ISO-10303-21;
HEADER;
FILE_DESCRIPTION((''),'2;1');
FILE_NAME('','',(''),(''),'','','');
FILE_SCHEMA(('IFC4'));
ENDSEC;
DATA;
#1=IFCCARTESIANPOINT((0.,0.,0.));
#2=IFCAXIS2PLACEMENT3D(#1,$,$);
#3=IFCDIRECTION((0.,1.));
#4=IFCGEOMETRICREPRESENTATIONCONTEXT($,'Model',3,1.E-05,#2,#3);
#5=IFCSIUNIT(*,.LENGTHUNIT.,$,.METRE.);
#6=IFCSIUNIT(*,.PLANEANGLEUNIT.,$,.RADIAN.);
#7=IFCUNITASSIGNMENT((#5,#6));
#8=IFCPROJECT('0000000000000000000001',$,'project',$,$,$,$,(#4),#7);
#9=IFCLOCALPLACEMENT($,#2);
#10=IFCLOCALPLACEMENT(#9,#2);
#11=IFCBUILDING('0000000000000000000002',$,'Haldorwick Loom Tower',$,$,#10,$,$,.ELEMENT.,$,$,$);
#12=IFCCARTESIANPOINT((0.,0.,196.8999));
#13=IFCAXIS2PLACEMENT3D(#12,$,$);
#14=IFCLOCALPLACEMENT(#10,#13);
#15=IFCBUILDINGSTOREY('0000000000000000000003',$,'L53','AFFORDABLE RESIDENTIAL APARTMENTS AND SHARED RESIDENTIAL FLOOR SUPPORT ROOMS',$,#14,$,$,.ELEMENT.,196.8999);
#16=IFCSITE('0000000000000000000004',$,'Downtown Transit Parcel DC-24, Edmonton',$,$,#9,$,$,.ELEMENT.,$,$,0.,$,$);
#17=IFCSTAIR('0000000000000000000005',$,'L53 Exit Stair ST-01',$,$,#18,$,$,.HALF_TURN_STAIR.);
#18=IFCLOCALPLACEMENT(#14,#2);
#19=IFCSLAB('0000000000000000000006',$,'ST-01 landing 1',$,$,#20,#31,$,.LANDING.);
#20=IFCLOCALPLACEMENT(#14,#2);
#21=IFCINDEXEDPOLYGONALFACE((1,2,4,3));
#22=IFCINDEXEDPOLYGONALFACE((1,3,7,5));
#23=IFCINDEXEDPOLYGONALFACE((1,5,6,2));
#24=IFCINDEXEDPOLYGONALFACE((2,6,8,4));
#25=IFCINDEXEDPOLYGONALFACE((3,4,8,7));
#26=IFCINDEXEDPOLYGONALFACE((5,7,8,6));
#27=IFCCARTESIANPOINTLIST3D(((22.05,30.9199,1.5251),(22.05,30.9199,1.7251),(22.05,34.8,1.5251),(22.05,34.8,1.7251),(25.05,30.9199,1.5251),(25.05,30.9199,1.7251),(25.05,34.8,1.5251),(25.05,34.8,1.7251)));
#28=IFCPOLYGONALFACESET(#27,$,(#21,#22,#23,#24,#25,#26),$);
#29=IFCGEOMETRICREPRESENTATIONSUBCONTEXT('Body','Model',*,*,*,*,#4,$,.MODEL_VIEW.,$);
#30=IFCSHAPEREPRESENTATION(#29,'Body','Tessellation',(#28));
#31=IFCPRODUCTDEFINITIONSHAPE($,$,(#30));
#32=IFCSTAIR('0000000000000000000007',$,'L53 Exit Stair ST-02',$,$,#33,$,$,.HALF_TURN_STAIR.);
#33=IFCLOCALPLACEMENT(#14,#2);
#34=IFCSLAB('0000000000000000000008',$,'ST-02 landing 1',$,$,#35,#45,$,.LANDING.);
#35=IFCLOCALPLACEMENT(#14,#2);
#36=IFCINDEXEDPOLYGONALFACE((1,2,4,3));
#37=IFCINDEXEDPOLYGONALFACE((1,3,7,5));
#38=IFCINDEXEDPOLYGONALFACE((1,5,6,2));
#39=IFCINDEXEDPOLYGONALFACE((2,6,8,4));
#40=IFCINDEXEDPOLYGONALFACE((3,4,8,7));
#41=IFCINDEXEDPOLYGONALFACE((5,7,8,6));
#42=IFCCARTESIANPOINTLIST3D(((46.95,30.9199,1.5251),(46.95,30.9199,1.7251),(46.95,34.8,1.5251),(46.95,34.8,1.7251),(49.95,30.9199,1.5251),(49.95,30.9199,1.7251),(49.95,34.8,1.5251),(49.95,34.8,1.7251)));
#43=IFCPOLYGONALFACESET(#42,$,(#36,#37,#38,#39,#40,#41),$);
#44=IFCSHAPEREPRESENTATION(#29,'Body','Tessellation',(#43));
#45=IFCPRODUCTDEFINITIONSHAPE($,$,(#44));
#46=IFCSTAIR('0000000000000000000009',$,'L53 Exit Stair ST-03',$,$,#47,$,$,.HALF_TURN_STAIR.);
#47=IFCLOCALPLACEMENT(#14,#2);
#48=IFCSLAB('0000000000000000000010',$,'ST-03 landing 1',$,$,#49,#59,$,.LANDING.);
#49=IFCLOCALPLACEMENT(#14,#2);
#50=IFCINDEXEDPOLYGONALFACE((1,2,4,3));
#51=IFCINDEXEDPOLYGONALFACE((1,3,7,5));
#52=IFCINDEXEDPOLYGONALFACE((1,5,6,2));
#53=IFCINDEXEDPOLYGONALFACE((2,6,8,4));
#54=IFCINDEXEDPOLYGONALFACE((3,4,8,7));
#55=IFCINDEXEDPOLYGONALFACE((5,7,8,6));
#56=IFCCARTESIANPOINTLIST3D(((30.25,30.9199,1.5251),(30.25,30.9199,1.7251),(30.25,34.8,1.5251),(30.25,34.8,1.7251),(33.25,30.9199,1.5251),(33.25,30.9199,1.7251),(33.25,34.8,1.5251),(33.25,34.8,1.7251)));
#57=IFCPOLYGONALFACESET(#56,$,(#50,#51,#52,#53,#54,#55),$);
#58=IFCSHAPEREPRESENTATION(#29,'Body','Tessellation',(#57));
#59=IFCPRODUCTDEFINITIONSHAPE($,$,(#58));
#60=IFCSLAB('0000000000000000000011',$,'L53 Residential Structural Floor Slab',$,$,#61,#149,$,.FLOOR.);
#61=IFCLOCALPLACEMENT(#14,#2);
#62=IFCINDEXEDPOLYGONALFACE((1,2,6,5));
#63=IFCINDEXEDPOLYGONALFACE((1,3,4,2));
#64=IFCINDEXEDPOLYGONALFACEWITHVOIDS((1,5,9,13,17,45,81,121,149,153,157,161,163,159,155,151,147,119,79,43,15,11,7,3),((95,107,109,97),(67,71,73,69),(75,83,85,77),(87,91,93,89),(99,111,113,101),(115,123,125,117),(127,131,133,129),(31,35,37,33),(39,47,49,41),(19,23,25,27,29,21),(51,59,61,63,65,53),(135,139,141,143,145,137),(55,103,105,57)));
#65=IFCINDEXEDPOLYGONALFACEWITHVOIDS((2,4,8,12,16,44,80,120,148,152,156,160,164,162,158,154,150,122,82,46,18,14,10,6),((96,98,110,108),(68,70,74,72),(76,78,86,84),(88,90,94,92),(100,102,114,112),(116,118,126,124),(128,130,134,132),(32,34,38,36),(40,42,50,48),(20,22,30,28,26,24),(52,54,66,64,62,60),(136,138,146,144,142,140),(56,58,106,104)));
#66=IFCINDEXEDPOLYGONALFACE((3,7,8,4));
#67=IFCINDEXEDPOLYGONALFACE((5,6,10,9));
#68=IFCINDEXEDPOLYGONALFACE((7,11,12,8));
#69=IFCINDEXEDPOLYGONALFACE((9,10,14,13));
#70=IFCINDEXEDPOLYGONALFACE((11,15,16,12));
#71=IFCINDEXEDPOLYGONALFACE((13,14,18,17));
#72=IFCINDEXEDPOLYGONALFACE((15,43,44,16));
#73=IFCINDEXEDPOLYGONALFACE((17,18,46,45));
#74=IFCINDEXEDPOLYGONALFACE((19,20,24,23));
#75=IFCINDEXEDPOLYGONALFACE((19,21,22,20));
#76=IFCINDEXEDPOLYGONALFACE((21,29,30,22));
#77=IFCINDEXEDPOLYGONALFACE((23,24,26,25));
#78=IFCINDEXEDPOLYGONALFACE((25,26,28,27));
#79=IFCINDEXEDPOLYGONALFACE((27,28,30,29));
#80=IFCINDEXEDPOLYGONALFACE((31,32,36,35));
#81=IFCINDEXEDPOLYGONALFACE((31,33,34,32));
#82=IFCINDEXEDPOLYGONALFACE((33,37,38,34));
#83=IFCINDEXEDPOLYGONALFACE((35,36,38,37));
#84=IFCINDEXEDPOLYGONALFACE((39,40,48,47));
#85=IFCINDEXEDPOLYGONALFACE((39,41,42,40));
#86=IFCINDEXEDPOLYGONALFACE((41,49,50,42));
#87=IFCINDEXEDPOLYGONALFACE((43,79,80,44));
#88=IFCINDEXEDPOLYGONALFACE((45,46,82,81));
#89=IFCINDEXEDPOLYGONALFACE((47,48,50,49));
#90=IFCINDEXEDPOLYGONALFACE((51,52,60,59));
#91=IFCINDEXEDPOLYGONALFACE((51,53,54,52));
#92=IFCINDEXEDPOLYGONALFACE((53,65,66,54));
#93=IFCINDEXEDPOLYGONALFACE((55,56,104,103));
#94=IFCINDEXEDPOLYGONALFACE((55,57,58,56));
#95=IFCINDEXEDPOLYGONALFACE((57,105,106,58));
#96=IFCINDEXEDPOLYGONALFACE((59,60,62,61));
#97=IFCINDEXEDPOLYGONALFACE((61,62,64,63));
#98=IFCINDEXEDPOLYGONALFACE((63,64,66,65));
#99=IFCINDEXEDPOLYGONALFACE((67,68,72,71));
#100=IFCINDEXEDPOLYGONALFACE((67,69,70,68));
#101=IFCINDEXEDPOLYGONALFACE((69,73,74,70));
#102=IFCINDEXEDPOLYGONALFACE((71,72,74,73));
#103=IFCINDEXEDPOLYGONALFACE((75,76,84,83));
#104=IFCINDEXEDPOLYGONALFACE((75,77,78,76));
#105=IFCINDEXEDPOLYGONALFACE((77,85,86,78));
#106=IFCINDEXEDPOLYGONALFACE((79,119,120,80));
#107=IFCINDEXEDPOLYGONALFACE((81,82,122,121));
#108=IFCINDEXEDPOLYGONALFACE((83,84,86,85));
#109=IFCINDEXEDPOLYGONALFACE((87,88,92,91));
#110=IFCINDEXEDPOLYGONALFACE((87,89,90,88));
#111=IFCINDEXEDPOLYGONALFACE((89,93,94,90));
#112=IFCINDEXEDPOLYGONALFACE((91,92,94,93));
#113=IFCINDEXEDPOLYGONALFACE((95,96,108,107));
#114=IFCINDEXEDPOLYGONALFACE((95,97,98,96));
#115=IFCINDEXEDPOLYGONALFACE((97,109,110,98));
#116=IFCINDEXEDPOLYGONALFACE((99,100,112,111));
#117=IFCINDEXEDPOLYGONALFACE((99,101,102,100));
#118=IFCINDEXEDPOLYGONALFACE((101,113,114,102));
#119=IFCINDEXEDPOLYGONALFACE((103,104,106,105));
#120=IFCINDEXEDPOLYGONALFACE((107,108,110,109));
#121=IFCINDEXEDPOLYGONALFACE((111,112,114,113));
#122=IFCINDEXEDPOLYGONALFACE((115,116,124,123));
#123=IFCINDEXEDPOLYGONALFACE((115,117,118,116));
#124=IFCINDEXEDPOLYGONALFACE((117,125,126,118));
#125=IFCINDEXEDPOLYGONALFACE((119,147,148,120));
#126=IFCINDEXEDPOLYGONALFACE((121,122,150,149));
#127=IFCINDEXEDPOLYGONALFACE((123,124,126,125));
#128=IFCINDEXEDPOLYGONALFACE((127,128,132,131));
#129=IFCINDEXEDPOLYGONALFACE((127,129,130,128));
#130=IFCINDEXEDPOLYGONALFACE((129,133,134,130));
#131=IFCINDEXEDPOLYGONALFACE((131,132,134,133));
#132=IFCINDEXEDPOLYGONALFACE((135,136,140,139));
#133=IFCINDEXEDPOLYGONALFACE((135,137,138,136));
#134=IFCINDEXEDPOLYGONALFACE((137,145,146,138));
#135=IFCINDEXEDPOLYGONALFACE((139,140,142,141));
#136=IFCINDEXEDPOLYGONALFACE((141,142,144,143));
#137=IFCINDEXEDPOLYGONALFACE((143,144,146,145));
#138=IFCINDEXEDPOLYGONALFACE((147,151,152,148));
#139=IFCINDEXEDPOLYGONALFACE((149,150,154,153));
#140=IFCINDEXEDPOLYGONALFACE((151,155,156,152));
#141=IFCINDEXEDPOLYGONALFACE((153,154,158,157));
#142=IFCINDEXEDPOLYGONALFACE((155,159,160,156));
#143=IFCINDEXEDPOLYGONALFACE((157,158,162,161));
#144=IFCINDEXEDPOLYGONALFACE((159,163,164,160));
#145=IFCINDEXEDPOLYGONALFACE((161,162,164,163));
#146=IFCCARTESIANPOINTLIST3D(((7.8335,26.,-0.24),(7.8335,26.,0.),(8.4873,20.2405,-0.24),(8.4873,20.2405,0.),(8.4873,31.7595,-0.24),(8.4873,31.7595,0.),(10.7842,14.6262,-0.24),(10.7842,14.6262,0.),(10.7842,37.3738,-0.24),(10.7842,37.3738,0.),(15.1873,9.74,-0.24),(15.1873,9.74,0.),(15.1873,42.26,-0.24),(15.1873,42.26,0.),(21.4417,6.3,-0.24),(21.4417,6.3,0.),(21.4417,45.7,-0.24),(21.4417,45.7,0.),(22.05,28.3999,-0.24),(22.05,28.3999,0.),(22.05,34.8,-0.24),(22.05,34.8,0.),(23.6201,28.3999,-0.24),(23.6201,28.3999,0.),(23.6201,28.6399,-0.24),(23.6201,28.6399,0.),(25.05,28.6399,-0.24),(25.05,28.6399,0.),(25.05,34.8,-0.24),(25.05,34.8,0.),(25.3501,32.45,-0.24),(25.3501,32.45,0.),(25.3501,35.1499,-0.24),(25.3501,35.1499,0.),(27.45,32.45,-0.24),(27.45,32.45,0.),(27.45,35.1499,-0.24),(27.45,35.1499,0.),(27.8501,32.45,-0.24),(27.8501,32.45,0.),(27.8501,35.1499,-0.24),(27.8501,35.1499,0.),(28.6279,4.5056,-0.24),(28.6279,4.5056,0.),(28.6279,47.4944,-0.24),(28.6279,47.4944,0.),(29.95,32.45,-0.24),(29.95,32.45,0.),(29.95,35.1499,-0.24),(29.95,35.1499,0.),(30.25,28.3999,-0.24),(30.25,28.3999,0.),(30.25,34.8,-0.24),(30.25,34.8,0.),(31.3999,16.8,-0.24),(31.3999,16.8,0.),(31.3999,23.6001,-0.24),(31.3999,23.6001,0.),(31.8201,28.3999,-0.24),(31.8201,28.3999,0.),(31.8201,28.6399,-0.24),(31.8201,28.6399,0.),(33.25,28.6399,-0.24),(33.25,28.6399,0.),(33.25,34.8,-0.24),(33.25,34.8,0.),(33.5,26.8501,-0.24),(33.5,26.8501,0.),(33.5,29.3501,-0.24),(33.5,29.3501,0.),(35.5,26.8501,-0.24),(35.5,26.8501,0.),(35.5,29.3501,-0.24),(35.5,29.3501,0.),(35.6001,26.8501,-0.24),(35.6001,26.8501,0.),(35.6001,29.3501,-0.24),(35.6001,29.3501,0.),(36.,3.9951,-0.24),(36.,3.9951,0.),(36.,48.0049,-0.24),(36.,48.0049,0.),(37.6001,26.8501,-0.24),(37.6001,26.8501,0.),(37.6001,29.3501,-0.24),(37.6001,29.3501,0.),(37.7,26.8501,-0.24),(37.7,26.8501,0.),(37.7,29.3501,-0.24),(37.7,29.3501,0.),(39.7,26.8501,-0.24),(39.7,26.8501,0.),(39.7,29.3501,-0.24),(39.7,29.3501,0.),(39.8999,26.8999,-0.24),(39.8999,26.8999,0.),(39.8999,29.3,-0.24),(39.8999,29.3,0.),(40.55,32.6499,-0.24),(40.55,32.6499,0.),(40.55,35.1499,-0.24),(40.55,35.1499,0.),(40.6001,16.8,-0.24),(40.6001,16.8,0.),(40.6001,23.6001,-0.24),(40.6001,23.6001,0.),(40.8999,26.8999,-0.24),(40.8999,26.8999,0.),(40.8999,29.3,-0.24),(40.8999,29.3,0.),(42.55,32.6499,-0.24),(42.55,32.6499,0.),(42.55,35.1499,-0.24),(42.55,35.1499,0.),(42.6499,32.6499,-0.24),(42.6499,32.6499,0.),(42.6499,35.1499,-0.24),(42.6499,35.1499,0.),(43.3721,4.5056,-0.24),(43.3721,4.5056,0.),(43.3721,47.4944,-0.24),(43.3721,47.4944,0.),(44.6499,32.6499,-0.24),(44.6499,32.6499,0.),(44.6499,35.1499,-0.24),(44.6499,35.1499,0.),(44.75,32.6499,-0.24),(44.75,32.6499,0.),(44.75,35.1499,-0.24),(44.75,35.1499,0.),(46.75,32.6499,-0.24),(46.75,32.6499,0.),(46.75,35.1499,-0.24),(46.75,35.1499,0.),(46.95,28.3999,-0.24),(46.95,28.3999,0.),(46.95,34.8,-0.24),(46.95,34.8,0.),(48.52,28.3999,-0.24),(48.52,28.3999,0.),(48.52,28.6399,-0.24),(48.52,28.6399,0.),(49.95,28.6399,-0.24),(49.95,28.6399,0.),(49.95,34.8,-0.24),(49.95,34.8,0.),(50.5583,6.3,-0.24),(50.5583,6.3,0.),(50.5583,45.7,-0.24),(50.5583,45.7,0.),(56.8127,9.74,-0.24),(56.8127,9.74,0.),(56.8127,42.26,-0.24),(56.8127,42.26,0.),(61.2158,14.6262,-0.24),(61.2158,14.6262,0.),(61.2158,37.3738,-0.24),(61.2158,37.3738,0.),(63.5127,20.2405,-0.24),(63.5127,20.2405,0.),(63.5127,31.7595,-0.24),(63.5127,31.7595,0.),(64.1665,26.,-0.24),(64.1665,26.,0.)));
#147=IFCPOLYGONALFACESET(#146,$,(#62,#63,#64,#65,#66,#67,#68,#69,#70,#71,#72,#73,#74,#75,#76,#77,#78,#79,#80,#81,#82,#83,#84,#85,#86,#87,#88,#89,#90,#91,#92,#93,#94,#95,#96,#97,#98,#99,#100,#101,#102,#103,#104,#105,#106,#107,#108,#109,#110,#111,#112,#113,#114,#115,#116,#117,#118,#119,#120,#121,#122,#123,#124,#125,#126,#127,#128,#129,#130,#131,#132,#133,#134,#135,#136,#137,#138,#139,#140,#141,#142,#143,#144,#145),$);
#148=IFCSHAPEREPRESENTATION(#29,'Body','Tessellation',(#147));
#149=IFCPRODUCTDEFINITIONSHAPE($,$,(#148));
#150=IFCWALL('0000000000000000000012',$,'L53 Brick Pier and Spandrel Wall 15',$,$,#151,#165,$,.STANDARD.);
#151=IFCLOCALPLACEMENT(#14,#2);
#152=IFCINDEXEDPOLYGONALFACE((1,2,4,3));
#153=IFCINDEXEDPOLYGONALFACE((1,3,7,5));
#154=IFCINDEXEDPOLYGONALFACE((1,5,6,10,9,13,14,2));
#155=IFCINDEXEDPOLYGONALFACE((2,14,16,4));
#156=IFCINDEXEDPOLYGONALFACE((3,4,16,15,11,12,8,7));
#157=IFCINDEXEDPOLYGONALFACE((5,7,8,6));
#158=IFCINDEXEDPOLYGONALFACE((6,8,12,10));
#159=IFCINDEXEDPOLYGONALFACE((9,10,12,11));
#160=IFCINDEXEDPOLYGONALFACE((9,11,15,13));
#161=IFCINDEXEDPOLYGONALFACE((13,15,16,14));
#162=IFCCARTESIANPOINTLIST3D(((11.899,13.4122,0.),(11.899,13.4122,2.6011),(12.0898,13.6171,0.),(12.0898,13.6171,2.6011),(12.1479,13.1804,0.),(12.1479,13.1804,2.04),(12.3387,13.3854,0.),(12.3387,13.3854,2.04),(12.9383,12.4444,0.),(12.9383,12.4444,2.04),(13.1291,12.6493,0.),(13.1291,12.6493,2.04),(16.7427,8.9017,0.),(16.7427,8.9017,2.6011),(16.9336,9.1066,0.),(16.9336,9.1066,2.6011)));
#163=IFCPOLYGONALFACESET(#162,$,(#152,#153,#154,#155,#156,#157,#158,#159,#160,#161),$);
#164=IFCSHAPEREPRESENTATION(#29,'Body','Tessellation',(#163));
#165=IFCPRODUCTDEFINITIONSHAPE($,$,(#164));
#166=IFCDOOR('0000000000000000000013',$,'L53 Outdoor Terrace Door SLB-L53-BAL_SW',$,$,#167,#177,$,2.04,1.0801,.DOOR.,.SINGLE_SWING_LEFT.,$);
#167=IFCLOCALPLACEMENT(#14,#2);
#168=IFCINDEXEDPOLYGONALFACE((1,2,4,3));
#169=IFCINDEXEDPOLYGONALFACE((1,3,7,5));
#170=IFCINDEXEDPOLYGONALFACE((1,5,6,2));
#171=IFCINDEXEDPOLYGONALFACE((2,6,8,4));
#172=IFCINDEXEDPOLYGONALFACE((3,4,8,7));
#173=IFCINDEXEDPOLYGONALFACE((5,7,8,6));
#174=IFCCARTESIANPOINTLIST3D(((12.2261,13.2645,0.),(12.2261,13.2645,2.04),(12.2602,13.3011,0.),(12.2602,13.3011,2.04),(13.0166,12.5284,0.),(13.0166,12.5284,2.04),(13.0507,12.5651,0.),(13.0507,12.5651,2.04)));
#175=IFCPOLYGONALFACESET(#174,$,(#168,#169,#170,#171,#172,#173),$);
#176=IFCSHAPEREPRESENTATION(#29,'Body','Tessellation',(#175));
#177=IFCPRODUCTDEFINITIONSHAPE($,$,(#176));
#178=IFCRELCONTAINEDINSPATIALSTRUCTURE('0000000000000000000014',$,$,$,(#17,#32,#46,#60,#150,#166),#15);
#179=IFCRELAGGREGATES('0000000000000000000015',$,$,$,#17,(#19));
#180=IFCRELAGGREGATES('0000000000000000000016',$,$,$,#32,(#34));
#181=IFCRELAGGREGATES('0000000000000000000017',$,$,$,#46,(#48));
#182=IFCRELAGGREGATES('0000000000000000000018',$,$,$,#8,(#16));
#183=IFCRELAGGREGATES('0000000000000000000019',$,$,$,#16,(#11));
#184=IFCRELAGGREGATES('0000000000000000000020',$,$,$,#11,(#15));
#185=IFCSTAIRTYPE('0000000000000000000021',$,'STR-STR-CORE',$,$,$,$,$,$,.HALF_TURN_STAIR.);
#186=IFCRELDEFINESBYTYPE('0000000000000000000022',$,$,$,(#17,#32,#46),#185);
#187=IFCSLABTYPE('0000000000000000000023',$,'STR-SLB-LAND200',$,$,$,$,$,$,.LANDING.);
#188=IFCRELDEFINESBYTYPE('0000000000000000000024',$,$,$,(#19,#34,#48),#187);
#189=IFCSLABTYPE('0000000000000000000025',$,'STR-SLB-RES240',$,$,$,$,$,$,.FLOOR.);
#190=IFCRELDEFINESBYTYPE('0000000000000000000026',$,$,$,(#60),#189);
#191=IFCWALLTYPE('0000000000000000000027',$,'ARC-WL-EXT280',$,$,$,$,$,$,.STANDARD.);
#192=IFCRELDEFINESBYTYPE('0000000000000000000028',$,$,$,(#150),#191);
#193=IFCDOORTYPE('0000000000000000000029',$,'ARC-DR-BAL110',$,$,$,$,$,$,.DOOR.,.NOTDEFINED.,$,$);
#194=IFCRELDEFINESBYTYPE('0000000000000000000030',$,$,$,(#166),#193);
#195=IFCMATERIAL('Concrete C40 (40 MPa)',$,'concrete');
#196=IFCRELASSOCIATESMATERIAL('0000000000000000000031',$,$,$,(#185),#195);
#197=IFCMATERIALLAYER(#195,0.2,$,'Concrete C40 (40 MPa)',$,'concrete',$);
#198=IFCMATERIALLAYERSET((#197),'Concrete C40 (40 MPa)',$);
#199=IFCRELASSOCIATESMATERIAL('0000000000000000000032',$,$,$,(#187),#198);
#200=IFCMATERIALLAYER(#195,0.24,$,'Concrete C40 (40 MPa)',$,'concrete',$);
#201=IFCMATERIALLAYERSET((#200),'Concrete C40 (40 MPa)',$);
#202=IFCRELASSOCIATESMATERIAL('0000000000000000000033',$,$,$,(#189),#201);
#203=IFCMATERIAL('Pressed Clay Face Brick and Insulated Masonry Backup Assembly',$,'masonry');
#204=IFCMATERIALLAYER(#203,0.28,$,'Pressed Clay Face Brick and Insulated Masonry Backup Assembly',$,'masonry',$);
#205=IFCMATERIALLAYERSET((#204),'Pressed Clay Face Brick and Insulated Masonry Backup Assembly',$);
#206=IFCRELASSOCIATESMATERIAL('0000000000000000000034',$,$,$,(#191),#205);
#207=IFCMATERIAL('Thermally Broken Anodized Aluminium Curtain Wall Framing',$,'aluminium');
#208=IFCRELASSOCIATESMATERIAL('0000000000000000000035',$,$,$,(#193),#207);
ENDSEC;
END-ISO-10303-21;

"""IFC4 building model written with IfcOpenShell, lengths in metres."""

from ifc_helpers import new_model, si_unit, direction, frame, frame_2d, origin, place, context, subcontext, project, spatial, polyline, rectangle, outline, extrude, material, layer, layer_set, type_object, element, fill, aggregate, save


model = new_model("IFC4")

# Units and contexts
model_context = context("Model", 3, precision=1e-05, world=origin(), true_north=direction((0.0, 1.0)))
body_context = subcontext(model_context, "Body", "Model", "MODEL_VIEW")
ifc_project = project(units=[si_unit("LENGTHUNIT", "METRE"), si_unit("PLANEANGLEUNIT", "RADIAN")], contexts=[model_context])

# Site, building, storey
site_placement = place(None, origin())
site = spatial("IfcSite", under=ifc_project, at=site_placement, Name="Downtown Transit Parcel DC-24, Edmonton", CompositionType="ELEMENT", RefElevation=0.0)
building_placement = place(site_placement, origin())
building = spatial("IfcBuilding", under=site, at=building_placement, Name="Haldorwick Loom Tower", CompositionType="ELEMENT")
storey_placement = place(building_placement, frame((0.0, 0.0, 196.8999)))
storey = spatial("IfcBuildingStorey", under=building, at=storey_placement, Name="L53", Description="AFFORDABLE RESIDENTIAL APARTMENTS AND SHARED RESIDENTIAL FLOOR SUPPORT ROOMS", CompositionType="ELEMENT", Elevation=196.8999)

# Shared definitions
ifc_material_1 = material(Name="Concrete C40 (40 MPa)", Category="concrete")

# Stairs, slabs
stair_type = type_object("IfcStairType", Name="STR-STR-CORE", PredefinedType="HALF_TURN_STAIR", material=ifc_material_1)
stair_1_placement = place(storey_placement, origin())
stair_1 = element("IfcStair", 1, at=stair_1_placement, inside=storey, type_object=stair_type, Name="L53 Exit Stair ST-01", PredefinedType="HALF_TURN_STAIR")
ifc_layer_1 = layer(ifc_material_1, 0.2, Name="Concrete C40 (40 MPa)", Category="concrete")
ifc_layer_set_1 = layer_set([ifc_layer_1], Name="Concrete C40 (40 MPa)")
slab_type_1 = type_object("IfcSlabType", Name="STR-SLB-LAND200", PredefinedType="LANDING", material=ifc_layer_set_1)
slab_1_placement = place(storey_placement, frame((0.0, 0.0, 1.5251)))
slab_1 = element("IfcSlab", 2, at=slab_1_placement, type_object=slab_type_1, Name="ST-01 landing 1", PredefinedType="LANDING", context=body_context, shape_type="SweptSolid", body=[
    extrude(outline(polyline([(25.05, 30.9199), (25.05, 34.8), (22.05, 34.8), (22.05, 30.9199), (25.05, 30.9199)])), origin(), (0.0, 0.0, 1.0), 0.2),
])
aggregate(stair_1, [slab_1])
stair_2_placement = place(storey_placement, origin())
stair_2 = element("IfcStair", 3, at=stair_2_placement, inside=storey, type_object=stair_type, Name="L53 Exit Stair ST-02", PredefinedType="HALF_TURN_STAIR")
slab_2_placement = place(storey_placement, frame((0.0, 0.0, 1.5251)))
slab_2 = element("IfcSlab", 4, at=slab_2_placement, type_object=slab_type_1, Name="ST-02 landing 1", PredefinedType="LANDING", context=body_context, shape_type="SweptSolid", body=[
    extrude(outline(polyline([(49.95, 30.9199), (49.95, 34.8), (46.95, 34.8), (46.95, 30.9199), (49.95, 30.9199)])), origin(), (0.0, 0.0, 1.0), 0.2),
])
aggregate(stair_2, [slab_2])
stair_3_placement = place(storey_placement, origin())
stair_3 = element("IfcStair", 5, at=stair_3_placement, inside=storey, type_object=stair_type, Name="L53 Exit Stair ST-03", PredefinedType="HALF_TURN_STAIR")
slab_3_placement = place(storey_placement, frame((0.0, 0.0, 1.5251)))
slab_3 = element("IfcSlab", 6, at=slab_3_placement, type_object=slab_type_1, Name="ST-03 landing 1", PredefinedType="LANDING", context=body_context, shape_type="SweptSolid", body=[
    extrude(outline(polyline([(33.25, 30.9199), (33.25, 34.8), (30.25, 34.8), (30.25, 30.9199), (33.25, 30.9199)])), origin(), (0.0, 0.0, 1.0), 0.2),
])
aggregate(stair_3, [slab_3])

# Slab
ifc_layer_2 = layer(ifc_material_1, 0.24, Name="Concrete C40 (40 MPa)", Category="concrete")
ifc_layer_set_2 = layer_set([ifc_layer_2], Name="Concrete C40 (40 MPa)")
slab_type_2 = type_object("IfcSlabType", Name="STR-SLB-RES240", PredefinedType="FLOOR", material=ifc_layer_set_2)
slab_4_placement = place(storey_placement, frame((0.0, 0.0, -0.24)))
element("IfcSlab", 7, at=slab_4_placement, inside=storey, type_object=slab_type_2, Name="L53 Residential Structural Floor Slab", PredefinedType="FLOOR", context=body_context, shape_type="SweptSolid", body=[
    extrude(outline(polyline([(56.8127, 9.74), (61.2158, 14.6262), (63.5127, 20.2405), (64.1665, 26.0), (63.5127, 31.7595), (61.2158, 37.3738), (56.8127, 42.26), (50.5583, 45.7), (43.3721, 47.4944), (36.0, 48.0049), (28.6279, 47.4944), (21.4417, 45.7), (15.1873, 42.26), (10.7842, 37.3738), (8.4873, 31.7595), (7.8335, 26.0), (8.4873, 20.2405), (10.7842, 14.6262), (15.1873, 9.74), (21.4417, 6.3), (28.6279, 4.5056), (36.0, 3.9951), (43.3721, 4.5056), (50.5583, 6.3), (56.8127, 9.74)]), holes=[polyline([(31.3999, 16.8), (31.3999, 23.6001), (40.6001, 23.6001), (40.6001, 16.8), (31.3999, 16.8)]), polyline([(33.5, 26.8501), (33.5, 29.3501), (35.5, 29.3501), (35.5, 26.8501), (33.5, 26.8501)]), polyline([(35.6001, 26.8501), (35.6001, 29.3501), (37.6001, 29.3501), (37.6001, 26.8501), (35.6001, 26.8501)]), polyline([(23.6201, 28.3999), (22.05, 28.3999), (22.05, 34.8), (25.05, 34.8), (25.05, 28.6399), (23.6201, 28.6399), (23.6201, 28.3999)]), polyline([(30.25, 28.3999), (30.25, 34.8), (33.25, 34.8), (33.25, 28.6399), (31.8201, 28.6399), (31.8201, 28.3999), (30.25, 28.3999)]), polyline([(25.3501, 32.45), (25.3501, 35.1499), (27.45, 35.1499), (27.45, 32.45), (25.3501, 32.45)]), polyline([(29.95, 32.45), (27.8501, 32.45), (27.8501, 35.1499), (29.95, 35.1499), (29.95, 32.45)]), polyline([(37.7, 26.8501), (37.7, 29.3501), (39.7, 29.3501), (39.7, 26.8501), (37.7, 26.8501)]), polyline([(39.8999, 26.8999), (39.8999, 29.3), (40.8999, 29.3), (40.8999, 26.8999), (39.8999, 26.8999)]), polyline([(46.95, 28.3999), (46.95, 34.8), (49.95, 34.8), (49.95, 28.6399), (48.52, 28.6399), (48.52, 28.3999), (46.95, 28.3999)]), polyline([(40.55, 32.6499), (40.55, 35.1499), (42.55, 35.1499), (42.55, 32.6499), (40.55, 32.6499)]), polyline([(42.6499, 32.6499), (42.6499, 35.1499), (44.6499, 35.1499), (44.6499, 32.6499), (42.6499, 32.6499)]), polyline([(44.75, 32.6499), (44.75, 35.1499), (46.75, 35.1499), (46.75, 32.6499), (44.75, 32.6499)])]), origin(), (0.0, 0.0, 1.0), 0.24),
])

# Wall, opening, door
ifc_material_2 = material(Name="Pressed Clay Face Brick and Insulated Masonry Backup Assembly", Category="masonry")
ifc_layer_3 = layer(ifc_material_2, 0.28, Name="Pressed Clay Face Brick and Insulated Masonry Backup Assembly", Category="masonry")
ifc_layer_set_3 = layer_set([ifc_layer_3], Name="Pressed Clay Face Brick and Insulated Masonry Backup Assembly")
wall_type = type_object("IfcWallType", Name="ARC-WL-EXT280", PredefinedType="STANDARD", material=ifc_layer_set_3)
wall_1_placement = place(storey_placement, frame((11.9944, 13.5146, 0.0), z_axis=(0.0, 0.0, 1.0), x_axis=(0.731834, -0.681483, 0.0)))
wall_1 = element("IfcWall", 8, at=wall_1_placement, inside=storey, type_object=wall_type, Name="L53 Brick Pier and Spandrel Wall 15", PredefinedType="STANDARD", context=body_context, shape_type="SweptSolid", body=[
    extrude(rectangle(XDim=6.6187, YDim=0.28, at=frame_2d((3.3093, 0.0))), origin(), (0.0, 0.0, 1.0), 2.6011),
])
opening_1_placement = place(wall_1_placement, frame((0.3401, 0.0, 0.0)))
opening_1 = element("IfcOpeningElement", 9, at=opening_1_placement, cuts=wall_1, PredefinedType="OPENING", context=body_context, shape_type="SweptSolid", body=[
    extrude(rectangle(XDim=1.0801, YDim=2.04, at=frame_2d((0.54, 1.02))), frame((0.0, 0.1499, 0.0), z_axis=(0.0, -1.0, 0.0), x_axis=(1.0, 0.0, 0.0)), (0.0, 0.0, 1.0), 0.3),
])
ifc_material_3 = material(Name="Thermally Broken Anodized Aluminium Curtain Wall Framing", Category="aluminium")
door_type = type_object("IfcDoorType", Name="ARC-DR-BAL110", OperationType="NOTDEFINED", PredefinedType="DOOR", material=ifc_material_3)
door_placement = place(opening_1_placement, origin())
door = element("IfcDoor", 10, at=door_placement, inside=storey, type_object=door_type, Name="L53 Outdoor Terrace Door SLB-L53-BAL_SW", OperationType="SINGLE_SWING_LEFT", OverallHeight=2.04, OverallWidth=1.0801, PredefinedType="DOOR", context=body_context, shape_type="SweptSolid", body=[
    extrude(rectangle(XDim=1.0801, YDim=2.04, at=frame_2d((0.54, 1.02))), frame((0.0, 0.0249, 0.0), z_axis=(0.0, -1.0, 0.0), x_axis=(1.0, 0.0, 0.0)), (0.0, 0.0, 1.0), 0.05),
])
fill(opening_1, door)

save(model, "model.ifc")
